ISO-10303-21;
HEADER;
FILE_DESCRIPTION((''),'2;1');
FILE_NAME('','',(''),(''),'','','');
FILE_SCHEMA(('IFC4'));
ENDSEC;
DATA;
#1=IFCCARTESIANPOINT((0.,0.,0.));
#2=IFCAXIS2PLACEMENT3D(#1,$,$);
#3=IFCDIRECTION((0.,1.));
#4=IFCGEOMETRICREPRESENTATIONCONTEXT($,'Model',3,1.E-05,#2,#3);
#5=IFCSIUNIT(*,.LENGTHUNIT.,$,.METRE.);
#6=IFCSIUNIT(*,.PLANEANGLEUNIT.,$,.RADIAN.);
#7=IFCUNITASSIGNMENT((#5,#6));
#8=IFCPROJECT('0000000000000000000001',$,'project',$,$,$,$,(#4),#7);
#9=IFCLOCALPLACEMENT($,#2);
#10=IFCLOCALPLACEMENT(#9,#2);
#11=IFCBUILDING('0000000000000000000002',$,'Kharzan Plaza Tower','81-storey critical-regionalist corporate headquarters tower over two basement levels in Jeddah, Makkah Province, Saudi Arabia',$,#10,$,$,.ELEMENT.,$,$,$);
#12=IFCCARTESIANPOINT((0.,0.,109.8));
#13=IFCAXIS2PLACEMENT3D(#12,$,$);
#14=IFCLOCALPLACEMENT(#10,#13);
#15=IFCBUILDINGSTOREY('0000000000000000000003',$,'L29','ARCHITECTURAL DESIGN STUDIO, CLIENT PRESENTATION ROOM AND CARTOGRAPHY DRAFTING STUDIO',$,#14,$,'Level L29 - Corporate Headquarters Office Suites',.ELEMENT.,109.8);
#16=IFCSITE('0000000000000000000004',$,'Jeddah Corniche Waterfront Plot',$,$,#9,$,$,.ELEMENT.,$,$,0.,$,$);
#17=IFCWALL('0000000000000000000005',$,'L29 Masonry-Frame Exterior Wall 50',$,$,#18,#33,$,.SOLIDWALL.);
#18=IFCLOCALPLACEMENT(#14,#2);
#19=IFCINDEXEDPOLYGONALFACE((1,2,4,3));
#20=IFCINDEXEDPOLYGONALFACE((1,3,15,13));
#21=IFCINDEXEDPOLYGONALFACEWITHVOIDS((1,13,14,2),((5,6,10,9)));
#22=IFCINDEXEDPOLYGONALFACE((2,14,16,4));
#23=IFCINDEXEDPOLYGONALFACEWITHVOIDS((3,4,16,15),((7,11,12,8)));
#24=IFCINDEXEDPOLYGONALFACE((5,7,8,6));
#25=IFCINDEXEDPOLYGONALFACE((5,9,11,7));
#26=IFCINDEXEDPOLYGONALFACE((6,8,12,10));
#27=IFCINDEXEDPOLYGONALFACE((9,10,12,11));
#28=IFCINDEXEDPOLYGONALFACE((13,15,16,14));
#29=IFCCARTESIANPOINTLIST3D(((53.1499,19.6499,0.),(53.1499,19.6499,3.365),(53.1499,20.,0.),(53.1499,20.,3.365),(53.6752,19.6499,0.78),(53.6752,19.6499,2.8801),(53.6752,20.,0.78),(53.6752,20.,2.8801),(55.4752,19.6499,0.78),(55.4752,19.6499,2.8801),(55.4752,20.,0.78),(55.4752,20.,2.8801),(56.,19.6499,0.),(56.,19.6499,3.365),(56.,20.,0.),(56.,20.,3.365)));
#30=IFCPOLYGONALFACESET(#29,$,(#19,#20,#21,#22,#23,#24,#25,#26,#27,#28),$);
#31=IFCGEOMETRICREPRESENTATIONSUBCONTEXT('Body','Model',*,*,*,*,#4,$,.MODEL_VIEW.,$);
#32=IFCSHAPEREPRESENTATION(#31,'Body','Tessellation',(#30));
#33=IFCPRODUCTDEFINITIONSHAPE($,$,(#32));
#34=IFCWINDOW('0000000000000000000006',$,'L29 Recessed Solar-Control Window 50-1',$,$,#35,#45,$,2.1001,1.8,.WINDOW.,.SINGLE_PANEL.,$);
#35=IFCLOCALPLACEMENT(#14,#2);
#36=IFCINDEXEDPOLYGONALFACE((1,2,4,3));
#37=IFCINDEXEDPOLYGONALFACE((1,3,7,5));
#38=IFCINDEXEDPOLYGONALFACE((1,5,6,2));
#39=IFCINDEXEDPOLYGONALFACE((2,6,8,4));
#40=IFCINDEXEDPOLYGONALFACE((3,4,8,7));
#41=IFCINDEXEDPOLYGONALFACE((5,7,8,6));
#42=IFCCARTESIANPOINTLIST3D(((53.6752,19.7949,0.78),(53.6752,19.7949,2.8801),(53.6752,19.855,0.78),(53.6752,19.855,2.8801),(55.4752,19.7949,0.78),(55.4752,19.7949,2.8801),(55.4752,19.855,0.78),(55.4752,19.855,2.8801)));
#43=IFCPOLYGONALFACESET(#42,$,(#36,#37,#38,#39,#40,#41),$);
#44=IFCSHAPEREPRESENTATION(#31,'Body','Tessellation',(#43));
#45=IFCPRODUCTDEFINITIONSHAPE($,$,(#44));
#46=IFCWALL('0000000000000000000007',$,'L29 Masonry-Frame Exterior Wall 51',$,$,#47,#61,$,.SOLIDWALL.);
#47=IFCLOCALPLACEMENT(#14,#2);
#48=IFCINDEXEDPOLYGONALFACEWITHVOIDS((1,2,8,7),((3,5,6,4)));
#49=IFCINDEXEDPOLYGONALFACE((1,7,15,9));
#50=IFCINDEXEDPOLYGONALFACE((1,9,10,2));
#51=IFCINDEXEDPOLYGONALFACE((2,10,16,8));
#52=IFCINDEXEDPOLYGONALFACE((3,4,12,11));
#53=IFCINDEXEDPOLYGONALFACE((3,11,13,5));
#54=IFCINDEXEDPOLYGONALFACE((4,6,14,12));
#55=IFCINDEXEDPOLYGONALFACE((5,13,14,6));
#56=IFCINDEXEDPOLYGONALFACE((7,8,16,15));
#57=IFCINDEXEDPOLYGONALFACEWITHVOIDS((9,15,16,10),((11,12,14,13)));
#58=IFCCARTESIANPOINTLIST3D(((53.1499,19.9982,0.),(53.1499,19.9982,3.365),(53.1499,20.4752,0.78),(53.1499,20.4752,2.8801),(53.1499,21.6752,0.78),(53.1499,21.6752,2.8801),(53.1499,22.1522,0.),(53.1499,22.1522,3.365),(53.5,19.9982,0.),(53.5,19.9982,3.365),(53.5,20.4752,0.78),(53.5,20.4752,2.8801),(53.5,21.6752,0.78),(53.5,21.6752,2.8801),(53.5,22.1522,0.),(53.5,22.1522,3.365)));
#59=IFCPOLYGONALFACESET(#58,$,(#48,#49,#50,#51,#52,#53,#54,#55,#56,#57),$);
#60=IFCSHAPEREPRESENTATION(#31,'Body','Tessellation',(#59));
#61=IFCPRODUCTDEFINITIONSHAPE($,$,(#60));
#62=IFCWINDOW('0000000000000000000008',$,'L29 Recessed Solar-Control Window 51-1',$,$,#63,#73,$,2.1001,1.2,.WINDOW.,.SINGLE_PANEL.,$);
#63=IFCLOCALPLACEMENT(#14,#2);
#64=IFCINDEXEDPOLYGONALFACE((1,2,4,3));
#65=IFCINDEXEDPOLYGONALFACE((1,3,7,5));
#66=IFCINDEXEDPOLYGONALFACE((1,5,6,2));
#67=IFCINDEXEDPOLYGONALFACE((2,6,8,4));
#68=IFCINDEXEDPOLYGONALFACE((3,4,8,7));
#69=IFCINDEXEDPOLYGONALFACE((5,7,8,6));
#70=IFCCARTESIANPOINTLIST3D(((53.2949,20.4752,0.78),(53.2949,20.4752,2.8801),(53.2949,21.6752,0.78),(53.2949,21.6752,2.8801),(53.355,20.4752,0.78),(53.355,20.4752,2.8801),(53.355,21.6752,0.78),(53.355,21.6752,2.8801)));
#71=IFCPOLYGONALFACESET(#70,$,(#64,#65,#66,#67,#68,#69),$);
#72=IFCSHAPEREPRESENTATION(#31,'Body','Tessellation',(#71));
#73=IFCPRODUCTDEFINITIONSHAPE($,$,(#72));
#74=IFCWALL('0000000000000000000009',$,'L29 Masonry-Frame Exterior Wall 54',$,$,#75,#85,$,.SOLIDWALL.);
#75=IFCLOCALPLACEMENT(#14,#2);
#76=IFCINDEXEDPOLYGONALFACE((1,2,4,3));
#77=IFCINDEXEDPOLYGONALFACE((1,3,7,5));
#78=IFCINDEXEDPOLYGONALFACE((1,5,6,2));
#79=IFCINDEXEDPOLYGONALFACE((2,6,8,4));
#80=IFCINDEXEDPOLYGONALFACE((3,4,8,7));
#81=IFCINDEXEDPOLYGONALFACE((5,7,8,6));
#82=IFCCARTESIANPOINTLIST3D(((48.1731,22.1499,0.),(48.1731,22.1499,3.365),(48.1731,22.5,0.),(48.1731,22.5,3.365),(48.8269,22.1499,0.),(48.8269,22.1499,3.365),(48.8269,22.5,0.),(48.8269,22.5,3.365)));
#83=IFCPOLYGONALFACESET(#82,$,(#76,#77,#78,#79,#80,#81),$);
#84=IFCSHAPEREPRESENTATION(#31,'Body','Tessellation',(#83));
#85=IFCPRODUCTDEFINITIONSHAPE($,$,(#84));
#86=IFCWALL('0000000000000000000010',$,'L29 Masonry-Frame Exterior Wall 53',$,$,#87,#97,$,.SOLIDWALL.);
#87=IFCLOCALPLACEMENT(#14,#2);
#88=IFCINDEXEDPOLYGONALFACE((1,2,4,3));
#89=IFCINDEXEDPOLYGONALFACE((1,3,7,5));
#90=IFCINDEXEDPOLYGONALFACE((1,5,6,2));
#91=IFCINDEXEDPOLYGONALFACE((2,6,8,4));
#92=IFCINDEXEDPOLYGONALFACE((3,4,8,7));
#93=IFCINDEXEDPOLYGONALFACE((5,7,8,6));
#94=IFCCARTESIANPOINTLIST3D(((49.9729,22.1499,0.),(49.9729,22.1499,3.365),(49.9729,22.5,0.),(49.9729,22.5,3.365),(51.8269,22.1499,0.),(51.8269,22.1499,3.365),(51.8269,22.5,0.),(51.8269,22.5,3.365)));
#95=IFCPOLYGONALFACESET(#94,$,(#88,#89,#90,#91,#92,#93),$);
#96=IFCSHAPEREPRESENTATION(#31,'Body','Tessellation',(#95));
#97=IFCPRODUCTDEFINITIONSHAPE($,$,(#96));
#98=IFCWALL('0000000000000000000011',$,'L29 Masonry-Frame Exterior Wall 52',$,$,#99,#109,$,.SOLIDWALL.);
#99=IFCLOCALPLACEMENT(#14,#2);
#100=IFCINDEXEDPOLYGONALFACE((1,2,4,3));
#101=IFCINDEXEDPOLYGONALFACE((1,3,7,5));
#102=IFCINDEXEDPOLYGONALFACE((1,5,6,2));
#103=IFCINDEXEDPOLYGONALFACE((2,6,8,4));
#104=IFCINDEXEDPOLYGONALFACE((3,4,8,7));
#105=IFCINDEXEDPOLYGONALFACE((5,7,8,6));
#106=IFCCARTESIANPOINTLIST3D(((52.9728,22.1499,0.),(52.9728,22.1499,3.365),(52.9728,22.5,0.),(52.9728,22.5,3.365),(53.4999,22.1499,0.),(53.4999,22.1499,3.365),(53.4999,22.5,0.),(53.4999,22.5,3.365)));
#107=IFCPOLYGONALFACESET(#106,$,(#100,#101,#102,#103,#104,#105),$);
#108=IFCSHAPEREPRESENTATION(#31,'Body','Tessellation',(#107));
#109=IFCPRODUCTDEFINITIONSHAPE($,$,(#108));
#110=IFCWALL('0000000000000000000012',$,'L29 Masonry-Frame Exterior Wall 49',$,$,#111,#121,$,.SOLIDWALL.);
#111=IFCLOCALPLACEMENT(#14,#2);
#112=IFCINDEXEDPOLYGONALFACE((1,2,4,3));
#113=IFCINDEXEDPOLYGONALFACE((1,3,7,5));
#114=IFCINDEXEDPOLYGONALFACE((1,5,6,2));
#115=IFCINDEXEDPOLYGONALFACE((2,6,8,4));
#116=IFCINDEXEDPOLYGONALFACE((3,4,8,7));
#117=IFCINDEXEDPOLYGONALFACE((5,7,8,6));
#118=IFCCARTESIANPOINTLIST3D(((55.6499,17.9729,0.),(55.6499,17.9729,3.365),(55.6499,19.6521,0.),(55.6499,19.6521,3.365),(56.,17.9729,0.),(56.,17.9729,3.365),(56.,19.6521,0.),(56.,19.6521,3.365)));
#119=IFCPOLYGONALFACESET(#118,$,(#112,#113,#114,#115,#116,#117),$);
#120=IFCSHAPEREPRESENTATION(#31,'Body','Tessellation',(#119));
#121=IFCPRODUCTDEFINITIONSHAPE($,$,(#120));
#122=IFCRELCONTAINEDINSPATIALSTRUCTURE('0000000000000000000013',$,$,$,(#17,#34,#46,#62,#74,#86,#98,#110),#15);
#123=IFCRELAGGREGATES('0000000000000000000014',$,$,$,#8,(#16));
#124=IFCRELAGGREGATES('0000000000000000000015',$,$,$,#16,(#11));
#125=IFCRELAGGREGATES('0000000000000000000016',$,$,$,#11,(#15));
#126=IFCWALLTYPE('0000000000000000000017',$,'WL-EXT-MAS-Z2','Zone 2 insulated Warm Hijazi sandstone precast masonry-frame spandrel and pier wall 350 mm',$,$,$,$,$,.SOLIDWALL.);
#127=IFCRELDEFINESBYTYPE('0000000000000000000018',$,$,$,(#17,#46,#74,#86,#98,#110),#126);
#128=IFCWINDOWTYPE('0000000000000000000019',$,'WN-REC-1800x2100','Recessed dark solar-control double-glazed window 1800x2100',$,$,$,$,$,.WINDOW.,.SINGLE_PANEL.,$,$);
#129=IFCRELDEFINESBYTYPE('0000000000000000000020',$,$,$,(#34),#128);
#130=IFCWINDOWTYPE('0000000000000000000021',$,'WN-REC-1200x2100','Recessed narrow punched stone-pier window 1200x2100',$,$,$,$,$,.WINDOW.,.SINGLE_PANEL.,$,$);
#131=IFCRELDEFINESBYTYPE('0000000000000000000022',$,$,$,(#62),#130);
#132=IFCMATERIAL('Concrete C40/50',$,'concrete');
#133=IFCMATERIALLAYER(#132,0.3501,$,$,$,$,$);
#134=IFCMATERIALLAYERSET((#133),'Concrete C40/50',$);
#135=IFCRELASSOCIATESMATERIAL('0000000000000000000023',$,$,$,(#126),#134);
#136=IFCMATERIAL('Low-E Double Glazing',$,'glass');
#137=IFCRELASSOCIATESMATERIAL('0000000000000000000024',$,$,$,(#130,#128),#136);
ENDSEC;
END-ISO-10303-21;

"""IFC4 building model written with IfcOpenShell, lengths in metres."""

from ifc_helpers import new_model, si_unit, direction, frame, frame_2d, origin, place, context, subcontext, project, spatial, rectangle, extrude, source, transform, mapped, material, layer, layer_set, type_object, element, fill, save


model = new_model("IFC4")

# Units and contexts
model_context = context("Model", 3, precision=1e-05, world=origin(), true_north=direction((0.0, 1.0)))
body_context = subcontext(model_context, "Body", "Model", "MODEL_VIEW")
ifc_project = project(units=[si_unit("LENGTHUNIT", "METRE"), si_unit("PLANEANGLEUNIT", "RADIAN")], contexts=[model_context])

# Site, building, storey
site_placement = place(None, origin())
site = spatial("IfcSite", under=ifc_project, at=site_placement, Name="Jeddah Corniche Waterfront Plot", CompositionType="ELEMENT", RefElevation=0.0)
building_placement = place(site_placement, origin())
building = spatial("IfcBuilding", under=site, at=building_placement, Name="Kharzan Plaza Tower", Description="81-storey critical-regionalist corporate headquarters tower over two basement levels in Jeddah, Makkah Province, Saudi Arabia", CompositionType="ELEMENT")
storey_placement = place(building_placement, frame((0.0, 0.0, 109.8)))
storey = spatial("IfcBuildingStorey", under=building, at=storey_placement, Name="L29", Description="ARCHITECTURAL DESIGN STUDIO, CLIENT PRESENTATION ROOM AND CARTOGRAPHY DRAFTING STUDIO", LongName="Level L29 - Corporate Headquarters Office Suites", CompositionType="ELEMENT", Elevation=109.8)

# Walls, openings, windows
ifc_material_1 = material(Name="Concrete C40/50", Category="concrete")
ifc_layer = layer(ifc_material_1, 0.3501)
ifc_layer_set = layer_set([ifc_layer], Name="Concrete C40/50")
wall_type = type_object("IfcWallType", Name="WL-EXT-MAS-Z2", Description="Zone 2 insulated Warm Hijazi sandstone precast masonry-frame spandrel and pier wall 350 mm", PredefinedType="SOLIDWALL", material=ifc_layer_set)
ifc_material_2 = material(Name="Low-E Double Glazing", Category="glass")
window_type_1 = type_object("IfcWindowType", Name="WN-REC-1200x2100", Description="Recessed narrow punched stone-pier window 1200x2100", PartitioningType="SINGLE_PANEL", PredefinedType="WINDOW", material=ifc_material_2)
shared_shape_1 = source(origin(), body_context, "Body", "SweptSolid", [
    extrude(rectangle(XDim=1.2, YDim=2.1001, at=frame_2d((0.6001, 1.05))), frame((0.0, 0.03, 0.0), z_axis=(0.0, -1.0, 0.0), x_axis=(1.0, 0.0, 0.0)), (0.0, 0.0, 1.0), 0.0601),
])
wall_1_placement = place(storey_placement, frame((56.0, 19.825, 0.0), z_axis=(0.0, 0.0, 1.0), x_axis=(-1.0, 0.0, 0.0)))
wall_1 = element("IfcWall", 1, at=wall_1_placement, inside=storey, type_object=wall_type, Name="L29 Masonry-Frame Exterior Wall 50", PredefinedType="SOLIDWALL", context=body_context, shape_type="SweptSolid", body=[
    extrude(rectangle(XDim=2.8501, YDim=0.3501, at=frame_2d((1.425, 0.0))), origin(), (0.0, 0.0, 1.0), 3.365),
])
opening_1_placement = place(wall_1_placement, frame((0.5249, 0.0, 0.78)))
opening_1 = element("IfcOpeningElement", 2, at=opening_1_placement, cuts=wall_1, PredefinedType="OPENING", context=body_context, shape_type="SweptSolid", body=[
    extrude(rectangle(XDim=1.8, YDim=2.1001, at=frame_2d((0.8999, 1.05))), frame((0.0, 0.1851, 0.0), z_axis=(0.0, -1.0, 0.0), x_axis=(1.0, 0.0, 0.0)), (0.0, 0.0, 1.0), 0.3701),
])
window_type_2 = type_object("IfcWindowType", Name="WN-REC-1800x2100", Description="Recessed dark solar-control double-glazed window 1800x2100", PartitioningType="SINGLE_PANEL", PredefinedType="WINDOW", material=ifc_material_2)
shared_shape_2 = source(origin(), body_context, "Body", "SweptSolid", [
    extrude(rectangle(XDim=1.8, YDim=2.1001, at=frame_2d((0.8999, 1.05))), frame((0.0, 0.03, 0.0), z_axis=(0.0, -1.0, 0.0), x_axis=(1.0, 0.0, 0.0)), (0.0, 0.0, 1.0), 0.0601),
])
window_1_placement = place(opening_1_placement, origin())
window_1 = element("IfcWindow", 3, at=window_1_placement, inside=storey, type_object=window_type_2, Name="L29 Recessed Solar-Control Window 50-1", OverallHeight=2.1001, OverallWidth=1.8, PartitioningType="SINGLE_PANEL", PredefinedType="WINDOW", context=body_context, shape_type="MappedRepresentation", body=[
    mapped(shared_shape_2, transform((0.0, 0.0, 0.0), x_axis=(1.0, 0.0, 0.0), y_axis=(0.0, 1.0, 0.0), z_axis=(0.0, 0.0, 1.0))),
])
fill(opening_1, window_1)
wall_2_placement = place(storey_placement, frame((53.325, 19.998, 0.0), z_axis=(0.0, 0.0, 1.0), x_axis=(0.0, 1.0, 0.0)))
wall_2 = element("IfcWall", 4, at=wall_2_placement, inside=storey, type_object=wall_type, Name="L29 Masonry-Frame Exterior Wall 51", PredefinedType="SOLIDWALL", context=body_context, shape_type="SweptSolid", body=[
    extrude(rectangle(XDim=2.1541, YDim=0.3501, at=frame_2d((1.0771, 0.0))), origin(), (0.0, 0.0, 1.0), 3.365),
])
opening_2_placement = place(wall_2_placement, frame((0.4771, 0.0, 0.78)))
opening_2 = element("IfcOpeningElement", 5, at=opening_2_placement, cuts=wall_2, PredefinedType="OPENING", context=body_context, shape_type="SweptSolid", body=[
    extrude(rectangle(XDim=1.2, YDim=2.1001, at=frame_2d((0.6001, 1.05))), frame((0.0, 0.1851, 0.0), z_axis=(0.0, -1.0, 0.0), x_axis=(1.0, 0.0, 0.0)), (0.0, 0.0, 1.0), 0.3701),
])
window_2_placement = place(opening_2_placement, origin())
window_2 = element("IfcWindow", 6, at=window_2_placement, inside=storey, type_object=window_type_1, Name="L29 Recessed Solar-Control Window 51-1", OverallHeight=2.1001, OverallWidth=1.2, PartitioningType="SINGLE_PANEL", PredefinedType="WINDOW", context=body_context, shape_type="MappedRepresentation", body=[
    mapped(shared_shape_1, transform((0.0, 0.0, 0.0), x_axis=(1.0, 0.0, 0.0), y_axis=(0.0, 1.0, 0.0), z_axis=(0.0, 0.0, 1.0))),
])
fill(opening_2, window_2)

# Walls
shared_shape_3 = source(origin(), body_context, "Body", "SweptSolid", [
    extrude(rectangle(XDim=0.6538, YDim=0.3501, at=frame_2d((0.3269, 0.0))), origin(), (0.0, 0.0, 1.0), 3.365),
])
wall_3_placement = place(storey_placement, frame((48.8269, 22.325, 0.0), z_axis=(0.0, 0.0, 1.0), x_axis=(-1.0, 0.0, 0.0)))
element("IfcWall", 7, at=wall_3_placement, inside=storey, type_object=wall_type, Name="L29 Masonry-Frame Exterior Wall 54", PredefinedType="SOLIDWALL", context=body_context, shape_type="MappedRepresentation", body=[
    mapped(shared_shape_3, transform((0.0, 0.0, 0.0), x_axis=(1.0, 0.0, 0.0), y_axis=(0.0, 1.0, 0.0), z_axis=(0.0, 0.0, 1.0))),
])
shared_shape_4 = source(origin(), body_context, "Body", "SweptSolid", [
    extrude(rectangle(XDim=1.854, YDim=0.3501, at=frame_2d((0.927, 0.0))), origin(), (0.0, 0.0, 1.0), 3.365),
])
wall_4_placement = place(storey_placement, frame((51.8269, 22.325, 0.0), z_axis=(0.0, 0.0, 1.0), x_axis=(-1.0, 0.0, 0.0)))
element("IfcWall", 8, at=wall_4_placement, inside=storey, type_object=wall_type, Name="L29 Masonry-Frame Exterior Wall 53", PredefinedType="SOLIDWALL", context=body_context, shape_type="MappedRepresentation", body=[
    mapped(shared_shape_4, transform((0.0, 0.0, 0.0), x_axis=(1.0, 0.0, 0.0), y_axis=(0.0, 1.0, 0.0), z_axis=(0.0, 0.0, 1.0))),
])
shared_shape_5 = source(origin(), body_context, "Body", "SweptSolid", [
    extrude(rectangle(XDim=0.5271, YDim=0.3501, at=frame_2d((0.2637, 0.0))), origin(), (0.0, 0.0, 1.0), 3.365),
])
wall_5_placement = place(storey_placement, frame((53.5, 22.325, 0.0), z_axis=(0.0, 0.0, 1.0), x_axis=(-1.0, 0.0, 0.0)))
element("IfcWall", 9, at=wall_5_placement, inside=storey, type_object=wall_type, Name="L29 Masonry-Frame Exterior Wall 52", PredefinedType="SOLIDWALL", context=body_context, shape_type="MappedRepresentation", body=[
    mapped(shared_shape_5, transform((0.0, 0.0, 0.0), x_axis=(1.0, 0.0, 0.0), y_axis=(0.0, 1.0, 0.0), z_axis=(0.0, 0.0, 1.0))),
])
shared_shape_6 = source(origin(), body_context, "Body", "SweptSolid", [
    extrude(rectangle(XDim=1.6792, YDim=0.3501, at=frame_2d((0.8396, 0.0))), origin(), (0.0, 0.0, 1.0), 3.365),
])
wall_6_placement = place(storey_placement, frame((55.825, 17.9729, 0.0), z_axis=(0.0, 0.0, 1.0), x_axis=(0.0, 1.0, 0.0)))
element("IfcWall", 10, at=wall_6_placement, inside=storey, type_object=wall_type, Name="L29 Masonry-Frame Exterior Wall 49", PredefinedType="SOLIDWALL", context=body_context, shape_type="MappedRepresentation", body=[
    mapped(shared_shape_6, transform((0.0, 0.0, 0.0), x_axis=(1.0, 0.0, 0.0), y_axis=(0.0, 1.0, 0.0), z_axis=(0.0, 0.0, 1.0))),
])

save(model, "model.ifc")
